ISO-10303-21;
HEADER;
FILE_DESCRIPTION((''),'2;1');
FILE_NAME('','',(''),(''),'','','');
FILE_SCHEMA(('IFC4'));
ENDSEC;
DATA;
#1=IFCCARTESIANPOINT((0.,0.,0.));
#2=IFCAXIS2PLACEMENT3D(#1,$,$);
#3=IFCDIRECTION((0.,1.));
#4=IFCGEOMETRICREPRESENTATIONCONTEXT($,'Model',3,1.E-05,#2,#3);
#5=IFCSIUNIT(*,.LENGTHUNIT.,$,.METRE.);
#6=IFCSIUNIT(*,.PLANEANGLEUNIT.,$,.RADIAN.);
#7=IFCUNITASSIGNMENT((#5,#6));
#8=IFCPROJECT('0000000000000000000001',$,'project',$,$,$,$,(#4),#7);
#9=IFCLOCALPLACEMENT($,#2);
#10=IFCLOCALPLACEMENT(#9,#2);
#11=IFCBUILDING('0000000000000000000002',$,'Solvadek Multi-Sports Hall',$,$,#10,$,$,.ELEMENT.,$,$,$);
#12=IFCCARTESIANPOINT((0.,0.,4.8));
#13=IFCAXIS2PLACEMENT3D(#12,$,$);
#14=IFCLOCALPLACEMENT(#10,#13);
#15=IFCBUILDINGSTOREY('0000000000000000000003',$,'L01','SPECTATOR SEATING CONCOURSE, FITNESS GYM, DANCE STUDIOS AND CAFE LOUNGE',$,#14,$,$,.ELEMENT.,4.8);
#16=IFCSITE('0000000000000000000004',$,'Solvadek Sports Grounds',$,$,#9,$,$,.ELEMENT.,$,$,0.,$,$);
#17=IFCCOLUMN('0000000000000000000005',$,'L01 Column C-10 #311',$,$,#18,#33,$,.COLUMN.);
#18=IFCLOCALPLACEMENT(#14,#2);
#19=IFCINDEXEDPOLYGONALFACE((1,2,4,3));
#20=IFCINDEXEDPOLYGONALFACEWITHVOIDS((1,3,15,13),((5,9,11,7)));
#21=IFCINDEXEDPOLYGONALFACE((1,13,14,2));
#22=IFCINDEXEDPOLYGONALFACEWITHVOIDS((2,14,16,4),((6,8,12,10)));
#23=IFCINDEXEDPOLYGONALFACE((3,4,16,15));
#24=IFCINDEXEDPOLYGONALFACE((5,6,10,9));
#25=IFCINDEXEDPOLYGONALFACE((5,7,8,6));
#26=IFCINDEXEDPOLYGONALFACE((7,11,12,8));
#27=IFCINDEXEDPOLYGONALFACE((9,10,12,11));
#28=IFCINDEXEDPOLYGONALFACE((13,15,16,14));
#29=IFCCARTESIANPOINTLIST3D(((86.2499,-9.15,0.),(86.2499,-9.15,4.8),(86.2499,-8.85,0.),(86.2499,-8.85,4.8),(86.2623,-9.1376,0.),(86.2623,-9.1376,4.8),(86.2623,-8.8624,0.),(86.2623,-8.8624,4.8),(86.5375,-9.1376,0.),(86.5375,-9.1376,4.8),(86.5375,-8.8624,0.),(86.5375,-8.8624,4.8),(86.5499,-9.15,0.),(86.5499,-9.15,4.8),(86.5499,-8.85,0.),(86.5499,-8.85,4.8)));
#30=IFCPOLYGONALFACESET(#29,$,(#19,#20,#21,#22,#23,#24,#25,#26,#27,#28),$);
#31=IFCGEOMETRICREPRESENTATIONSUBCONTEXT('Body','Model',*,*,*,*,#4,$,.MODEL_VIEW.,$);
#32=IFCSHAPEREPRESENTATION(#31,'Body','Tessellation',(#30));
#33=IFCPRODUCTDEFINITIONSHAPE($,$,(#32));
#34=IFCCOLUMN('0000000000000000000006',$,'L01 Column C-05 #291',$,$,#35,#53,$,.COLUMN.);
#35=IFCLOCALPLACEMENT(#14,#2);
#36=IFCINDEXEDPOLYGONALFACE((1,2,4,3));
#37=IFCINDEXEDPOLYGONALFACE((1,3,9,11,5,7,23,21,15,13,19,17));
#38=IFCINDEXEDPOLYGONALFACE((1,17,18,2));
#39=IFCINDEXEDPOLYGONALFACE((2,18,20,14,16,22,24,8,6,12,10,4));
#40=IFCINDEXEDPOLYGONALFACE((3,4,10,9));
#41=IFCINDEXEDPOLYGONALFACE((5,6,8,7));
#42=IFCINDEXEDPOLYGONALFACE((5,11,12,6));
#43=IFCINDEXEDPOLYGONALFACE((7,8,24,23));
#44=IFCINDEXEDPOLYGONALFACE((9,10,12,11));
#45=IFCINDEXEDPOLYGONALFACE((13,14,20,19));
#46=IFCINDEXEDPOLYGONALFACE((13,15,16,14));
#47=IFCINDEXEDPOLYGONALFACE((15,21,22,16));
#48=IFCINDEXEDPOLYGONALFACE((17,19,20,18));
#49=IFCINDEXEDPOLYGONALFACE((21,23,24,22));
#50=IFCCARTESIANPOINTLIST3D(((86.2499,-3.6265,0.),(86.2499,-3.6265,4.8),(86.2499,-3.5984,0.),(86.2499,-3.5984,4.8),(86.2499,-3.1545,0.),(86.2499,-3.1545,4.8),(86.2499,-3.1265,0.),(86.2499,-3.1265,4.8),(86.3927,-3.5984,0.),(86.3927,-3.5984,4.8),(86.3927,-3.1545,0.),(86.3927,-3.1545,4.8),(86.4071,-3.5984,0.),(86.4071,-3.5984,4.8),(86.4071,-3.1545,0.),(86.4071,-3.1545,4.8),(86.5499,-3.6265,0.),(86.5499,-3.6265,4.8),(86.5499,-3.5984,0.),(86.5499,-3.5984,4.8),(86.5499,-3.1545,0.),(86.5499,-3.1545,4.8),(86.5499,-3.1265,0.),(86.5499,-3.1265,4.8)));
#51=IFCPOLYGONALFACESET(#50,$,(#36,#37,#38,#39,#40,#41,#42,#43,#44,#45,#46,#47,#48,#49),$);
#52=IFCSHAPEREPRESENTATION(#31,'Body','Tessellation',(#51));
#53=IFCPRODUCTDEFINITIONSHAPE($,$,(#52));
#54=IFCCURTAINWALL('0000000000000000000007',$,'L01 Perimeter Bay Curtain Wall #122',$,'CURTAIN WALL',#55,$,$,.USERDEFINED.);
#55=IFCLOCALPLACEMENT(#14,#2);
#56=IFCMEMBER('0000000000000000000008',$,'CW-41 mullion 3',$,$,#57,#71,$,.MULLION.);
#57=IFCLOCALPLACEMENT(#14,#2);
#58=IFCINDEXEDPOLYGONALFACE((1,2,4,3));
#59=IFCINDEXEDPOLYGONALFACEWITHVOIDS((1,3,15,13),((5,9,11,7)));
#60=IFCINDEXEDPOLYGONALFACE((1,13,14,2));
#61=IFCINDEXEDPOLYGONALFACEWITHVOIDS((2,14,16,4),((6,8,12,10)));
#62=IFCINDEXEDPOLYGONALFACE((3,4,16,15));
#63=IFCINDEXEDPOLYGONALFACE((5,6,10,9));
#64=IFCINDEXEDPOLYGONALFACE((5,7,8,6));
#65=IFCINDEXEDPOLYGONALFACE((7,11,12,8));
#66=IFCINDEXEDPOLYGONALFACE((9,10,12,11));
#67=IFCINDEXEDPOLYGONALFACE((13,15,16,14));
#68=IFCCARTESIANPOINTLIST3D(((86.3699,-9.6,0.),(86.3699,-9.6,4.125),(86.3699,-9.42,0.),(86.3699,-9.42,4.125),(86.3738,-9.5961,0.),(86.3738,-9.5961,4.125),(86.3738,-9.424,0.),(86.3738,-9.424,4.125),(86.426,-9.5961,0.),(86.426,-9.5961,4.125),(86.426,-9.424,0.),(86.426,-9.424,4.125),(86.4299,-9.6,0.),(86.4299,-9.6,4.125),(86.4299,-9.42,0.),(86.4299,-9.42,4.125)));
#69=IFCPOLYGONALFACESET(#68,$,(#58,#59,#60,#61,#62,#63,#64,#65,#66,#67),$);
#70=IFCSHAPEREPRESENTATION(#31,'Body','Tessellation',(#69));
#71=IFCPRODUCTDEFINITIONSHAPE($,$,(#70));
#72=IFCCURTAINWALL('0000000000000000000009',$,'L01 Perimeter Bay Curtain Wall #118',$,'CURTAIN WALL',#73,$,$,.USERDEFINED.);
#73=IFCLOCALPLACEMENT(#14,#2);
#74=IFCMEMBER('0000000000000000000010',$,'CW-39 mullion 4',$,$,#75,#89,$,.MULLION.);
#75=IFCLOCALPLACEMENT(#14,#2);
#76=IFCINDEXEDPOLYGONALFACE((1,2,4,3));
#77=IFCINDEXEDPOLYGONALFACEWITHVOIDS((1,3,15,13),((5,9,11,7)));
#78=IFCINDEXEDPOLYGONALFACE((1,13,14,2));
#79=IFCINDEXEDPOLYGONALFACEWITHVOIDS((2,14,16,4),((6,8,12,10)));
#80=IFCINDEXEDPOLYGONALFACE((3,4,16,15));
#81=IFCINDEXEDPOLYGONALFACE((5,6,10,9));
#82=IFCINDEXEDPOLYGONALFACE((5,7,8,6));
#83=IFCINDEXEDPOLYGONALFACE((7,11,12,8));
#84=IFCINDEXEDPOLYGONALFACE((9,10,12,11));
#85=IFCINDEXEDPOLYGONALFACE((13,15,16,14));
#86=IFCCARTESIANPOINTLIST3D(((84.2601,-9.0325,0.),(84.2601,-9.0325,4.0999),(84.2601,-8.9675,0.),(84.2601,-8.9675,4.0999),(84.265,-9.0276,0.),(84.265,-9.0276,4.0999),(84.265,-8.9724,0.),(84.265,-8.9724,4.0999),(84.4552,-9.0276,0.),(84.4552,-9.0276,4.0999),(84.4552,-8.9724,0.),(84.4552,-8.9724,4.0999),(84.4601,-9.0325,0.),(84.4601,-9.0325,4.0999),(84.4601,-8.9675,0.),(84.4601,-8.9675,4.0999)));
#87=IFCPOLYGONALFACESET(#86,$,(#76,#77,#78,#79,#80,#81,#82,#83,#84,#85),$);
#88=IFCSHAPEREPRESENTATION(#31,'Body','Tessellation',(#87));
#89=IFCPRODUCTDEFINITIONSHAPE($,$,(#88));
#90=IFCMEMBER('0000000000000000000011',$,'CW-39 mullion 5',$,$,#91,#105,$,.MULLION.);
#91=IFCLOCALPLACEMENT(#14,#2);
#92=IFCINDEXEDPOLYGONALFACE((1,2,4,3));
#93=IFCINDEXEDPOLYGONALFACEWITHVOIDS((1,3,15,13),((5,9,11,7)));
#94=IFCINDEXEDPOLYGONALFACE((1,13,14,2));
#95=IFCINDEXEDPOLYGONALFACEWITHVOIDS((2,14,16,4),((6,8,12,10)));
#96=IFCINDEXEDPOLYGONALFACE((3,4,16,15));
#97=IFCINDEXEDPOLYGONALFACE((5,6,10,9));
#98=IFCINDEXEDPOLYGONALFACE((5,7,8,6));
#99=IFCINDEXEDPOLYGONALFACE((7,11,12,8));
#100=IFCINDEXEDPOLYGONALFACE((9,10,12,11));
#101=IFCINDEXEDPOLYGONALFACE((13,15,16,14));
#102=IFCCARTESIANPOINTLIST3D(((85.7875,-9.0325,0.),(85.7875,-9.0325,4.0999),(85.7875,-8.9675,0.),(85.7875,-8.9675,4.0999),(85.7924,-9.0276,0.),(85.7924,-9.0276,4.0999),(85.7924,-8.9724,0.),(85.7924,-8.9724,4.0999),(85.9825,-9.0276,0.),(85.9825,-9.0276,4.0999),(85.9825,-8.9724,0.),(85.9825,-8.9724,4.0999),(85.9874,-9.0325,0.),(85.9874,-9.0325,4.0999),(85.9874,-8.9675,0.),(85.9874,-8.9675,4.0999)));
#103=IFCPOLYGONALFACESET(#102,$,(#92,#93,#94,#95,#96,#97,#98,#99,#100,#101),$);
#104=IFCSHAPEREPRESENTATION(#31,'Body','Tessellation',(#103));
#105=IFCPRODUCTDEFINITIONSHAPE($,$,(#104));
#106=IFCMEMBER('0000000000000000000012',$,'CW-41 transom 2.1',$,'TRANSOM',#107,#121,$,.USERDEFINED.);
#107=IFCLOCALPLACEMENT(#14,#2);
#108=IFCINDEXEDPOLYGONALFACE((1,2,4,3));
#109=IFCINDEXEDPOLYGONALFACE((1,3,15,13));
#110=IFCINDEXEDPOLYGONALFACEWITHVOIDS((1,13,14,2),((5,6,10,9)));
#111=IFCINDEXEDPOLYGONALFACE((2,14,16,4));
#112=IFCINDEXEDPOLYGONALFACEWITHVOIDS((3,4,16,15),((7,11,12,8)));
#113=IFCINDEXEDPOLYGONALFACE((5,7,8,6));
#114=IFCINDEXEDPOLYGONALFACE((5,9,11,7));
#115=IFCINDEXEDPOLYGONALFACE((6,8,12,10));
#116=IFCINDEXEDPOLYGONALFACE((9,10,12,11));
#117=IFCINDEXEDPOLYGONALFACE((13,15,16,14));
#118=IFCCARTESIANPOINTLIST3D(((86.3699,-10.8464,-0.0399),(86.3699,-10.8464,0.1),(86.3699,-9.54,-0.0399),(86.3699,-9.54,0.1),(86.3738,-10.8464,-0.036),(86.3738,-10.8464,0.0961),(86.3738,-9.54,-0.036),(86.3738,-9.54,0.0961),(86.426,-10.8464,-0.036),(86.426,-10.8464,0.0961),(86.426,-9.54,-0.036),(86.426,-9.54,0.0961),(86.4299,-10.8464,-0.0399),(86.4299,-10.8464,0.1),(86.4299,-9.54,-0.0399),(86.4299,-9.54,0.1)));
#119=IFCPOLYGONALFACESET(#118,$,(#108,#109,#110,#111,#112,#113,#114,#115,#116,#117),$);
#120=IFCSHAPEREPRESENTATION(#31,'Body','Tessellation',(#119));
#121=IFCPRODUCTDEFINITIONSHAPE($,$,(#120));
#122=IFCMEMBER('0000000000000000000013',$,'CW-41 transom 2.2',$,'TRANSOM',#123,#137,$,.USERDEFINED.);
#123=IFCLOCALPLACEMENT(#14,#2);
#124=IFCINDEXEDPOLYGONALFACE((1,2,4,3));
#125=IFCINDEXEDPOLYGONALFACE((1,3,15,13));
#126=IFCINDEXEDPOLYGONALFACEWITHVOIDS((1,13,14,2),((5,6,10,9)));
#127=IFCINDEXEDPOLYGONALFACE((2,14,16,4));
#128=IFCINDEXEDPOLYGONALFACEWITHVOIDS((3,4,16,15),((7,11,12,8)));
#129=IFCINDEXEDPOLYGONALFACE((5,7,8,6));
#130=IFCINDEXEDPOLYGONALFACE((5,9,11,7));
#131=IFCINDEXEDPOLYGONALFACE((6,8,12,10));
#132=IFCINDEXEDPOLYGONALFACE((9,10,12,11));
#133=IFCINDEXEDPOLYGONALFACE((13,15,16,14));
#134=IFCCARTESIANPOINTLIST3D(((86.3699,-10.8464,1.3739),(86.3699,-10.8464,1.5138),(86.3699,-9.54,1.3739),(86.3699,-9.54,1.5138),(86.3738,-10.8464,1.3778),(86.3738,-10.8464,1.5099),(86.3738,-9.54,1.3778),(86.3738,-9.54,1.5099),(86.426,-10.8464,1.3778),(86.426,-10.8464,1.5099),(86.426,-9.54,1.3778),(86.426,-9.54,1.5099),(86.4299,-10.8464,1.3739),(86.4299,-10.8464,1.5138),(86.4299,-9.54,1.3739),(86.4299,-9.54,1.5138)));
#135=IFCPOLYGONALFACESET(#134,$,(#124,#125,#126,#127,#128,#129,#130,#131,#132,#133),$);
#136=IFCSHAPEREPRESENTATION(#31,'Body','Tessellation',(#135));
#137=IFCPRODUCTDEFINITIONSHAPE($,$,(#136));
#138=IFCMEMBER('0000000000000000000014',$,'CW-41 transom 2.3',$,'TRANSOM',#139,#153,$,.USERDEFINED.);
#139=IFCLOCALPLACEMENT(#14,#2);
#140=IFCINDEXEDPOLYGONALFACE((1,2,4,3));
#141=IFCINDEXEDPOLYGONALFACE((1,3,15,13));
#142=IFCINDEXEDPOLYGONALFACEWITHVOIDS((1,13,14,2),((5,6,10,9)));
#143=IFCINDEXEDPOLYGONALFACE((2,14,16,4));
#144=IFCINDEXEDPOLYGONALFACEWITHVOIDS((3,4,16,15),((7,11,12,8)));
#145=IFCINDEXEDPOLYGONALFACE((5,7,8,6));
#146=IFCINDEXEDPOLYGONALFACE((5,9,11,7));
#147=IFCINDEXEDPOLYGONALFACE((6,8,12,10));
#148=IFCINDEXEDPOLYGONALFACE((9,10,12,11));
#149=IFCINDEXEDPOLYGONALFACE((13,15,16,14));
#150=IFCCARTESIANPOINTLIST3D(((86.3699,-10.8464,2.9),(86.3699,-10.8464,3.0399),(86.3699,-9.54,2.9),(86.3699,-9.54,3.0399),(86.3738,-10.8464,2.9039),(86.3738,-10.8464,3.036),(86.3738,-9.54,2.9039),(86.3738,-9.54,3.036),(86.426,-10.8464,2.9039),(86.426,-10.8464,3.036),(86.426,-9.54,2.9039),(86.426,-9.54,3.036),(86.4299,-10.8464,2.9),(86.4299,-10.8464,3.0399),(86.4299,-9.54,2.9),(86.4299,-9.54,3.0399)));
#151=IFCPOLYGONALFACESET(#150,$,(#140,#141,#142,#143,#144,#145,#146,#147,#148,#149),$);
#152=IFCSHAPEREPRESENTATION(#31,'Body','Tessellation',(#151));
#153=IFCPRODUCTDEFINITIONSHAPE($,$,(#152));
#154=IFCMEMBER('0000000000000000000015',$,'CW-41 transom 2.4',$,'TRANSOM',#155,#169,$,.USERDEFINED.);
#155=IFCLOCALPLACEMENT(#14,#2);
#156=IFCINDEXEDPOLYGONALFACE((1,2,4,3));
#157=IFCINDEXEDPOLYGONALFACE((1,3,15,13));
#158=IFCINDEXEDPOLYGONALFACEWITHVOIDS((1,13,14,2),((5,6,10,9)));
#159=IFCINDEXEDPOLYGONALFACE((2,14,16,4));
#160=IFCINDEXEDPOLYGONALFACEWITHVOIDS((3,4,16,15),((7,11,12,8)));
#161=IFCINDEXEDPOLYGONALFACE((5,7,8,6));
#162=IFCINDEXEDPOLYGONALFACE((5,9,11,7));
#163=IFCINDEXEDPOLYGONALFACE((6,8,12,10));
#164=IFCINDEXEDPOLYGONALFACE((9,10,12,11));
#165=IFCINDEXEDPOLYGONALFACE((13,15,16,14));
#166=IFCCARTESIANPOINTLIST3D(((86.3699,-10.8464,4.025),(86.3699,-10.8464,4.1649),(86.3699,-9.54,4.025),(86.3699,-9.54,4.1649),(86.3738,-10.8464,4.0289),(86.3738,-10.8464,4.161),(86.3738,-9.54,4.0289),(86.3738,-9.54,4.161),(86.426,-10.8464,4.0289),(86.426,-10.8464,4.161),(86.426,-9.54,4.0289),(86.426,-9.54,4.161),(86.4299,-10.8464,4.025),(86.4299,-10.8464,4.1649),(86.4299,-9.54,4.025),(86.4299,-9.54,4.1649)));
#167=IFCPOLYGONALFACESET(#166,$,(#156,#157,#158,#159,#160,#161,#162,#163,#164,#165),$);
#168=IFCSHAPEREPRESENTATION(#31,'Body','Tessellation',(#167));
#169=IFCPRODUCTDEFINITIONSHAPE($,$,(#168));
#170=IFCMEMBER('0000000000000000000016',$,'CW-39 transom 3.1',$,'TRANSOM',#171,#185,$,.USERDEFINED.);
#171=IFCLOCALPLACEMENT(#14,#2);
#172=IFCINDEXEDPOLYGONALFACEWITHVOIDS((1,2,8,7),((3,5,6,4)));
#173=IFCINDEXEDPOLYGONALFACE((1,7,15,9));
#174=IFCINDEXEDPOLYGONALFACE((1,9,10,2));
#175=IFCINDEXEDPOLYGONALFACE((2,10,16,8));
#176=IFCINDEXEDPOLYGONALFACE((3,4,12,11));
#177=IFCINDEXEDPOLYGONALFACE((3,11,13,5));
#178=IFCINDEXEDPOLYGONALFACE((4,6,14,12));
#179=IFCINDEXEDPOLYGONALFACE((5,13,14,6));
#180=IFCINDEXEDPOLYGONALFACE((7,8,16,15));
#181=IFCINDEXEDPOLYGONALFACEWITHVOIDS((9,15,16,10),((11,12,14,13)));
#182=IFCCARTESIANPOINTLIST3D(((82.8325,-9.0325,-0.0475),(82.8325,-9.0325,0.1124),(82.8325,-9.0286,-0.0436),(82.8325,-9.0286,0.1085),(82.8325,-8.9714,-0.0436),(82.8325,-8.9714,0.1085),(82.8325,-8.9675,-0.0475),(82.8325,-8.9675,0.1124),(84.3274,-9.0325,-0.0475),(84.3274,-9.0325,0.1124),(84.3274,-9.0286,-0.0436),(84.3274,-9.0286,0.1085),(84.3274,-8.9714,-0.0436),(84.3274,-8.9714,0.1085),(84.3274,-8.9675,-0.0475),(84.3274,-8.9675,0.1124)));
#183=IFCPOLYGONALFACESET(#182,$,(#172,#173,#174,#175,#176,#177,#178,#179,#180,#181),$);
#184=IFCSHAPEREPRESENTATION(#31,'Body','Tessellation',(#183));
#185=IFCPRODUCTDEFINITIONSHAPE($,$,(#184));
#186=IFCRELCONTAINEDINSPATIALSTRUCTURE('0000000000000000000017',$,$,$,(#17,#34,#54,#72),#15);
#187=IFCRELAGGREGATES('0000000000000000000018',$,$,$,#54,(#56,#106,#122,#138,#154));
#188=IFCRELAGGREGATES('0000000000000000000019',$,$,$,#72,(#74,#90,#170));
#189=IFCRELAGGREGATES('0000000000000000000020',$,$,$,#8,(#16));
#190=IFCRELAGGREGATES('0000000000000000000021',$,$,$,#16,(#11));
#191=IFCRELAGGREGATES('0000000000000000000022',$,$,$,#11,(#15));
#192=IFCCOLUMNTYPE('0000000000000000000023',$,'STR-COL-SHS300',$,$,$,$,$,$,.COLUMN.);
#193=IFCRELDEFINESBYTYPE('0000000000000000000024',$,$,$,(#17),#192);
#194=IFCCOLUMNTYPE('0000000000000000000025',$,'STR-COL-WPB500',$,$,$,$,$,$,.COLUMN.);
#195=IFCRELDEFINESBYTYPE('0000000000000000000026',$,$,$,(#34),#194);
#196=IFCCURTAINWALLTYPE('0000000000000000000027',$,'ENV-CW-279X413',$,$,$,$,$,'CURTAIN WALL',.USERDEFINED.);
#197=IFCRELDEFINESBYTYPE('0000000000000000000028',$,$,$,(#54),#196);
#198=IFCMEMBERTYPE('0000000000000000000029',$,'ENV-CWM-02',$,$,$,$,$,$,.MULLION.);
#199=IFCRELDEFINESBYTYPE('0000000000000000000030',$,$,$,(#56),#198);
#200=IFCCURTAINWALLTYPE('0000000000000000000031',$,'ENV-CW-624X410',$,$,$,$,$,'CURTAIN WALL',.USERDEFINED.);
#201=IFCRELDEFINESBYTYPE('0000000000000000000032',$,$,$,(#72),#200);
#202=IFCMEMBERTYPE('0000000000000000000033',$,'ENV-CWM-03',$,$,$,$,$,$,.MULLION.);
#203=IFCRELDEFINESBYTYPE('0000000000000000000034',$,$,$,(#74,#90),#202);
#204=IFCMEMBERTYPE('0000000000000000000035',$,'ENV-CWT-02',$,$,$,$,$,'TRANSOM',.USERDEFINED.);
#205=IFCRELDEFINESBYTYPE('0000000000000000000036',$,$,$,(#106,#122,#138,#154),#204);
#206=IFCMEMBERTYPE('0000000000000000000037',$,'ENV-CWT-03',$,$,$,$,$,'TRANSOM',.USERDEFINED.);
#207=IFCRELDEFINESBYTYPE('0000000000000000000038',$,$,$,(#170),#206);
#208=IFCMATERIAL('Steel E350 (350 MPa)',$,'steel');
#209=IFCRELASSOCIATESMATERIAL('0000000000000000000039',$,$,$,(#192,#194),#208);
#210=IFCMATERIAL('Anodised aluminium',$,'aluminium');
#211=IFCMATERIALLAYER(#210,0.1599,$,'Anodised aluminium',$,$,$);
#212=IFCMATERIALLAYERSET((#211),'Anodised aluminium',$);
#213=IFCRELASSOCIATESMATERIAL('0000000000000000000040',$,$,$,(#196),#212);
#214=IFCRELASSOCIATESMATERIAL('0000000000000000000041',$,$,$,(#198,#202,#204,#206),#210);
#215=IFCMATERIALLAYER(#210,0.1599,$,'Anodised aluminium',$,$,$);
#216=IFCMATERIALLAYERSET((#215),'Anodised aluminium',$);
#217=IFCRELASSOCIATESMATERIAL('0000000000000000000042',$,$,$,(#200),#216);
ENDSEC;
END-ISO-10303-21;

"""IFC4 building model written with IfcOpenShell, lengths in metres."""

from ifc_helpers import new_model, si_unit, direction, frame, origin, origin_2d, place, context, subcontext, project, spatial, hollow_rectangle, i_section, extrude, material, layer, layer_set, material_profile, profile_set, type_object, element, aggregate, save


model = new_model("IFC4")

# Units and contexts
model_context = context("Model", 3, precision=1e-05, world=origin(), true_north=direction((0.0, 1.0)))
body_context = subcontext(model_context, "Body", "Model", "MODEL_VIEW")
ifc_project = project(units=[si_unit("LENGTHUNIT", "METRE"), si_unit("PLANEANGLEUNIT", "RADIAN")], contexts=[model_context])

# Site, building, storey
site_placement = place(None, origin())
site = spatial("IfcSite", under=ifc_project, at=site_placement, Name="Solvadek Sports Grounds", CompositionType="ELEMENT", RefElevation=0.0)
building_placement = place(site_placement, origin())
building = spatial("IfcBuilding", under=site, at=building_placement, Name="Solvadek Multi-Sports Hall", CompositionType="ELEMENT")
storey_placement = place(building_placement, frame((0.0, 0.0, 4.8)))
storey = spatial("IfcBuildingStorey", under=building, at=storey_placement, Name="L01", Description="SPECTATOR SEATING CONCOURSE, FITNESS GYM, DANCE STUDIOS AND CAFE LOUNGE", CompositionType="ELEMENT", Elevation=4.8)

# Columns
ifc_material_1 = material(Name="Steel E350 (350 MPa)", Category="steel")
ifc_material_profile_1 = material_profile(ifc_material_1, hollow_rectangle(XDim=0.3, YDim=0.3, WallThickness=0.0125, at=origin_2d()), Name="SHS 300x300x12.5")
ifc_profile_set_1 = profile_set([ifc_material_profile_1], Name="Steel E350 (350 MPa)")
column_type_1 = type_object("IfcColumnType", Name="STR-COL-SHS300", PredefinedType="COLUMN", material=ifc_profile_set_1)
column_1_placement = place(storey_placement, frame((86.3999, -9.0, 0.0), z_axis=(0.0, 0.0, 1.0), x_axis=(1.0, 0.0, 0.0)))
element("IfcColumn", 1, at=column_1_placement, inside=storey, type_object=column_type_1, Name="L01 Column C-10 #311", PredefinedType="COLUMN", context=body_context, shape_type="SweptSolid", body=[
    extrude(hollow_rectangle(XDim=0.3, YDim=0.3, WallThickness=0.0125, at=origin_2d()), origin(), (0.0, 0.0, 1.0), 4.8),
])
ifc_material_profile_2 = material_profile(ifc_material_1, i_section(OverallWidth=0.3, OverallDepth=0.5, WebThickness=0.0144, FlangeThickness=0.0281, at=origin_2d()), Name="WPB 500")
ifc_profile_set_2 = profile_set([ifc_material_profile_2], Name="Steel E350 (350 MPa)")
column_type_2 = type_object("IfcColumnType", Name="STR-COL-WPB500", PredefinedType="COLUMN", material=ifc_profile_set_2)
column_2_placement = place(storey_placement, frame((86.3999, -3.3765, 0.0), z_axis=(0.0, 0.0, 1.0), x_axis=(1.0, 0.0, 0.0)))
element("IfcColumn", 2, at=column_2_placement, inside=storey, type_object=column_type_2, Name="L01 Column C-05 #291", PredefinedType="COLUMN", context=body_context, shape_type="SweptSolid", body=[
    extrude(i_section(OverallWidth=0.3, OverallDepth=0.5, WebThickness=0.0144, FlangeThickness=0.0281, at=origin_2d()), origin(), (0.0, 0.0, 1.0), 4.8),
])

# Curtain wall, member
ifc_material_2 = material(Name="Anodised aluminium", Category="aluminium")
ifc_layer_1 = layer(ifc_material_2, 0.1599, Name="Anodised aluminium")
ifc_layer_set_1 = layer_set([ifc_layer_1], Name="Anodised aluminium")
curtain_wall_type_1 = type_object("IfcCurtainWallType", Name="ENV-CW-279X413", ElementType="CURTAIN WALL", PredefinedType="USERDEFINED", material=ifc_layer_set_1)
curtain_wall_1_placement = place(storey_placement, origin())
curtain_wall_1 = element("IfcCurtainWall", 3, at=curtain_wall_1_placement, inside=storey, type_object=curtain_wall_type_1, Name="L01 Perimeter Bay Curtain Wall #122", ObjectType="CURTAIN WALL", PredefinedType="USERDEFINED")
ifc_material_profile_3 = material_profile(ifc_material_2, hollow_rectangle(XDim=0.0601, YDim=0.1799, WallThickness=0.0039, at=origin_2d()), Name="ALU-M 180x60x4")
ifc_profile_set_3 = profile_set([ifc_material_profile_3], Name="Anodised aluminium")
member_type_1 = type_object("IfcMemberType", Name="ENV-CWM-02", PredefinedType="MULLION", material=ifc_profile_set_3)
member_1_placement = place(storey_placement, frame((86.3999, -9.51, 0.0), z_axis=(0.0, 0.0, 1.0), x_axis=(-1.0, 0.0, 0.0)))
member_1 = element("IfcMember", 4, at=member_1_placement, type_object=member_type_1, Name="CW-41 mullion 3", PredefinedType="MULLION", context=body_context, shape_type="SweptSolid", body=[
    extrude(hollow_rectangle(XDim=0.0601, YDim=0.1799, WallThickness=0.0039, at=origin_2d()), origin(), (0.0, 0.0, 1.0), 4.125),
])

# Curtain wall, members
ifc_layer_2 = layer(ifc_material_2, 0.1599, Name="Anodised aluminium")
ifc_layer_set_2 = layer_set([ifc_layer_2], Name="Anodised aluminium")
curtain_wall_type_2 = type_object("IfcCurtainWallType", Name="ENV-CW-624X410", ElementType="CURTAIN WALL", PredefinedType="USERDEFINED", material=ifc_layer_set_2)
curtain_wall_2_placement = place(storey_placement, origin())
curtain_wall_2 = element("IfcCurtainWall", 5, at=curtain_wall_2_placement, inside=storey, type_object=curtain_wall_type_2, Name="L01 Perimeter Bay Curtain Wall #118", ObjectType="CURTAIN WALL", PredefinedType="USERDEFINED")
ifc_material_profile_4 = material_profile(ifc_material_2, hollow_rectangle(XDim=0.0649, YDim=0.2, WallThickness=0.0049, at=origin_2d()), Name="ALU-M 200x65x5")
ifc_profile_set_4 = profile_set([ifc_material_profile_4], Name="Anodised aluminium")
member_type_2 = type_object("IfcMemberType", Name="ENV-CWM-03", PredefinedType="MULLION", material=ifc_profile_set_4)
member_2_placement = place(storey_placement, frame((84.3601, -9.0, 0.0), z_axis=(0.0, 0.0, 1.0), x_axis=(0.0, 1.0, 0.0)))
member_2 = element("IfcMember", 6, at=member_2_placement, type_object=member_type_2, Name="CW-39 mullion 4", PredefinedType="MULLION", context=body_context, shape_type="SweptSolid", body=[
    extrude(hollow_rectangle(XDim=0.0649, YDim=0.2, WallThickness=0.0049, at=origin_2d()), origin(), (0.0, 0.0, 1.0), 4.0999),
])
member_3_placement = place(storey_placement, frame((85.8875, -9.0, 0.0), z_axis=(0.0, 0.0, 1.0), x_axis=(0.0, 1.0, 0.0)))
member_3 = element("IfcMember", 7, at=member_3_placement, type_object=member_type_2, Name="CW-39 mullion 5", PredefinedType="MULLION", context=body_context, shape_type="SweptSolid", body=[
    extrude(hollow_rectangle(XDim=0.0649, YDim=0.2, WallThickness=0.0049, at=origin_2d()), origin(), (0.0, 0.0, 1.0), 4.0999),
])

# Members
ifc_material_profile_5 = material_profile(ifc_material_2, hollow_rectangle(XDim=0.0601, YDim=0.1399, WallThickness=0.0039, at=origin_2d()), Name="ALU-T 140x60x4")
ifc_profile_set_5 = profile_set([ifc_material_profile_5], Name="Anodised aluminium")
member_type_3 = type_object("IfcMemberType", Name="ENV-CWT-02", ElementType="TRANSOM", PredefinedType="USERDEFINED", material=ifc_profile_set_5)
member_4_placement = place(storey_placement, frame((86.3999, -10.8464, 0.03), z_axis=(0.0, 1.0, 0.0), x_axis=(-1.0, 0.0, 0.0)))
member_4 = element("IfcMember", 8, at=member_4_placement, type_object=member_type_3, Name="CW-41 transom 2.1", ObjectType="TRANSOM", PredefinedType="USERDEFINED", context=body_context, shape_type="SweptSolid", body=[
    extrude(hollow_rectangle(XDim=0.0601, YDim=0.1399, WallThickness=0.0039, at=origin_2d()), origin(), (0.0, 0.0, 1.0), 1.3064),
])
member_5_placement = place(storey_placement, frame((86.3999, -10.8464, 1.4438), z_axis=(0.0, 1.0, 0.0), x_axis=(-1.0, 0.0, 0.0)))
member_5 = element("IfcMember", 9, at=member_5_placement, type_object=member_type_3, Name="CW-41 transom 2.2", ObjectType="TRANSOM", PredefinedType="USERDEFINED", context=body_context, shape_type="SweptSolid", body=[
    extrude(hollow_rectangle(XDim=0.0601, YDim=0.1399, WallThickness=0.0039, at=origin_2d()), origin(), (0.0, 0.0, 1.0), 1.3064),
])
member_6_placement = place(storey_placement, frame((86.3999, -10.8464, 2.97), z_axis=(0.0, 1.0, 0.0), x_axis=(-1.0, 0.0, 0.0)))
member_6 = element("IfcMember", 10, at=member_6_placement, type_object=member_type_3, Name="CW-41 transom 2.3", ObjectType="TRANSOM", PredefinedType="USERDEFINED", context=body_context, shape_type="SweptSolid", body=[
    extrude(hollow_rectangle(XDim=0.0601, YDim=0.1399, WallThickness=0.0039, at=origin_2d()), origin(), (0.0, 0.0, 1.0), 1.3064),
])
member_7_placement = place(storey_placement, frame((86.3999, -10.8464, 4.095), z_axis=(0.0, 1.0, 0.0), x_axis=(-1.0, 0.0, 0.0)))
member_7 = element("IfcMember", 11, at=member_7_placement, type_object=member_type_3, Name="CW-41 transom 2.4", ObjectType="TRANSOM", PredefinedType="USERDEFINED", context=body_context, shape_type="SweptSolid", body=[
    extrude(hollow_rectangle(XDim=0.0601, YDim=0.1399, WallThickness=0.0039, at=origin_2d()), origin(), (0.0, 0.0, 1.0), 1.3064),
])
ifc_material_profile_6 = material_profile(ifc_material_2, hollow_rectangle(XDim=0.0649, YDim=0.1599, WallThickness=0.0039, at=origin_2d()), Name="ALU-T 160x65x4")
ifc_profile_set_6 = profile_set([ifc_material_profile_6], Name="Anodised aluminium")
member_type_4 = type_object("IfcMemberType", Name="ENV-CWT-03", ElementType="TRANSOM", PredefinedType="USERDEFINED", material=ifc_profile_set_6)
member_8_placement = place(storey_placement, frame((82.8325, -9.0, 0.0325), z_axis=(1.0, 0.0, 0.0), x_axis=(0.0, 1.0, 0.0)))
member_8 = element("IfcMember", 12, at=member_8_placement, type_object=member_type_4, Name="CW-39 transom 3.1", ObjectType="TRANSOM", PredefinedType="USERDEFINED", context=body_context, shape_type="SweptSolid", body=[
    extrude(hollow_rectangle(XDim=0.0649, YDim=0.1599, WallThickness=0.0039, at=origin_2d()), origin(), (0.0, 0.0, 1.0), 1.4949),
])

aggregate(curtain_wall_1, [member_1, member_4, member_5, member_6, member_7])
aggregate(curtain_wall_2, [member_2, member_3, member_8])

save(model, "model.ifc")
